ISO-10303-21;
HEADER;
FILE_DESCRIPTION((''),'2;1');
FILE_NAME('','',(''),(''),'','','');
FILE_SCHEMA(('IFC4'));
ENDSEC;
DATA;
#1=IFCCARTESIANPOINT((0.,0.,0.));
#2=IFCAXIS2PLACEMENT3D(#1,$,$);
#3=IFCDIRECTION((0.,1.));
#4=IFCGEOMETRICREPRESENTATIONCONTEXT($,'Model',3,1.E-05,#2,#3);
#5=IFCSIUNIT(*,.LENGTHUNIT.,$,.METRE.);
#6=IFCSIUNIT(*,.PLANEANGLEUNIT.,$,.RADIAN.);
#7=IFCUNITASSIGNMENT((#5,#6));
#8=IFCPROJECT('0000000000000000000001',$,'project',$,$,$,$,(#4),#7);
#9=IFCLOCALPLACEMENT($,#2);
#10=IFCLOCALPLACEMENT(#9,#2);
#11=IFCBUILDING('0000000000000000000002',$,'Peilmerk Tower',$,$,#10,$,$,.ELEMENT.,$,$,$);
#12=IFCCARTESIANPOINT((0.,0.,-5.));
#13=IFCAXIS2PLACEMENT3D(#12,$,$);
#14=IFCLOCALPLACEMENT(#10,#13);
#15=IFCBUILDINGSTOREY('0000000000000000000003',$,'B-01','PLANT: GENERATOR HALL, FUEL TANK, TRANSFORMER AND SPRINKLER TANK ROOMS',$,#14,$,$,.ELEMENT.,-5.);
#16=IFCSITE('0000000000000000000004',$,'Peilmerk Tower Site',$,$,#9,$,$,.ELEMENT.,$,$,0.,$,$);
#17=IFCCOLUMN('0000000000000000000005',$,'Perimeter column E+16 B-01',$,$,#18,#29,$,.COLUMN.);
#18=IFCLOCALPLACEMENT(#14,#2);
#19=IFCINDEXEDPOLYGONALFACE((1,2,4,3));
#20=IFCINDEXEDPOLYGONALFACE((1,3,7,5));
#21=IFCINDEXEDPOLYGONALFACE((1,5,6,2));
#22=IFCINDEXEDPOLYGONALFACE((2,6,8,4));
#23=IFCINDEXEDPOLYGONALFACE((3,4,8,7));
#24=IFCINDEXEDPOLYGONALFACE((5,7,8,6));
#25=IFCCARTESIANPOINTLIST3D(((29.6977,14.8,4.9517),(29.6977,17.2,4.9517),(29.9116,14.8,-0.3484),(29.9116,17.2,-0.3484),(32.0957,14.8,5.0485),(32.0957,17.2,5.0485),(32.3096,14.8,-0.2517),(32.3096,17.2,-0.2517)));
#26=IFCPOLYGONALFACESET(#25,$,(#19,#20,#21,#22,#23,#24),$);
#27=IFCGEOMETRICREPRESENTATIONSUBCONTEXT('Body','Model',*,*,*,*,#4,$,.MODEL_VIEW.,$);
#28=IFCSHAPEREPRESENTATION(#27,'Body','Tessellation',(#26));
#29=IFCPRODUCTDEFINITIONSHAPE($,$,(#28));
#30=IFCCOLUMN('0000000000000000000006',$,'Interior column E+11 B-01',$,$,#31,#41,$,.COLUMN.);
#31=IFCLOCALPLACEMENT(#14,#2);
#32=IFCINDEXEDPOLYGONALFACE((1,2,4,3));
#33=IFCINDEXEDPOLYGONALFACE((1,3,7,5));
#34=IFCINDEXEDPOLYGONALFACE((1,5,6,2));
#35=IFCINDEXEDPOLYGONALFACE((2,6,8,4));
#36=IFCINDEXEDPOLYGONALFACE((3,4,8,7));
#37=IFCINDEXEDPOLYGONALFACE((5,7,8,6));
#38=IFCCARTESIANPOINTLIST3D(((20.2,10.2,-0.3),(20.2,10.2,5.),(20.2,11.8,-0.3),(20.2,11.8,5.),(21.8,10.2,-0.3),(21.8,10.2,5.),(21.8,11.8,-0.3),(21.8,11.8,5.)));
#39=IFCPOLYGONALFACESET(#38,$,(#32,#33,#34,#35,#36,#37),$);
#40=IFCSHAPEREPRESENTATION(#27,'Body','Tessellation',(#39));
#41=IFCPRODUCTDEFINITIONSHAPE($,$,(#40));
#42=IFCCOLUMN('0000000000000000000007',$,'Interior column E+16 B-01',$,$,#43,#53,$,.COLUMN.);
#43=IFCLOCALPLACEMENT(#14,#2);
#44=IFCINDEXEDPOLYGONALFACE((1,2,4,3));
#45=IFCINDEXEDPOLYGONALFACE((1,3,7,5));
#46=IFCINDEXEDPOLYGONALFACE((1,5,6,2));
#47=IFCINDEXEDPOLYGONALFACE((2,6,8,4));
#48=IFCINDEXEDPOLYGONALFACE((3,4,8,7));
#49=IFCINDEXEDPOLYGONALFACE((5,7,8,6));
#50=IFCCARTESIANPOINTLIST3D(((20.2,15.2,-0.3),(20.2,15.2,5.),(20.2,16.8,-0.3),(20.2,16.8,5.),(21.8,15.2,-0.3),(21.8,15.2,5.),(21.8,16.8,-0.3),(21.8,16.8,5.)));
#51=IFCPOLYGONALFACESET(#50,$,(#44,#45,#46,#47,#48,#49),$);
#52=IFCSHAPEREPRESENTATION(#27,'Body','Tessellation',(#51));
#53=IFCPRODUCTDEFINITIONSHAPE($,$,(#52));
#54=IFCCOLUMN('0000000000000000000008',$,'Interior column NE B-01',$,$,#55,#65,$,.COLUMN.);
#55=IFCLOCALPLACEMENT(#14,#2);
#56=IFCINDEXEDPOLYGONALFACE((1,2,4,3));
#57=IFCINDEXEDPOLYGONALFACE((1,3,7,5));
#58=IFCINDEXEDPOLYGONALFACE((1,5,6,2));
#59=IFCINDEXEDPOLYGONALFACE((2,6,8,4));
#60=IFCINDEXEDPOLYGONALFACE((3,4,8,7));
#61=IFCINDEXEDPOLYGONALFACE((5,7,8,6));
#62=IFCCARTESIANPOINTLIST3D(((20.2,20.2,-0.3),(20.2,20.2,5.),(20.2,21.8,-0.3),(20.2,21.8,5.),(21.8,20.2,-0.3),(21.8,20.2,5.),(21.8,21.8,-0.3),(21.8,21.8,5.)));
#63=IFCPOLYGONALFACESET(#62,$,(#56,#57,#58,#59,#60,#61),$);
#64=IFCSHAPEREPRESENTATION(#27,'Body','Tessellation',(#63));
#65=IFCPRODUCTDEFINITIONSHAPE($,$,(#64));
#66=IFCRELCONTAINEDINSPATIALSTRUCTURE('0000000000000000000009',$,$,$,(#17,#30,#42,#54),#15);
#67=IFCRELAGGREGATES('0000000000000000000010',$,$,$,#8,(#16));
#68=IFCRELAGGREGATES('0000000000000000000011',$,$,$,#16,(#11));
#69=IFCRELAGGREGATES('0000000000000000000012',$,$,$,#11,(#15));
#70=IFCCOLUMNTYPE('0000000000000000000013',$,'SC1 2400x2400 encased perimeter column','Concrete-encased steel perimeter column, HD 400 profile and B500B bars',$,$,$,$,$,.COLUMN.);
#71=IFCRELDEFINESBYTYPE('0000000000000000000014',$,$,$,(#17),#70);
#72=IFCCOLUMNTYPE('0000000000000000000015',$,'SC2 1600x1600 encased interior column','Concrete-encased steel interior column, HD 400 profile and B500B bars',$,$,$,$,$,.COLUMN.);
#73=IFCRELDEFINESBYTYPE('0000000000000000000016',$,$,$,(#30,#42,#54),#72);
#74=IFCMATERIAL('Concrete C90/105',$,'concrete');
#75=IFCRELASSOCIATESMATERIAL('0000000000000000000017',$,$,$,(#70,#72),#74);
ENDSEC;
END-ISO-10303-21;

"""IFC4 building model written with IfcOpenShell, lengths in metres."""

from ifc_helpers import new_model, si_unit, direction, frame, origin, origin_2d, place, context, subcontext, project, spatial, rectangle, extrude, material, material_profile, profile_set, type_object, element, save


model = new_model("IFC4")

# Units and contexts
model_context = context("Model", 3, precision=1e-05, world=origin(), true_north=direction((0.0, 1.0)))
body_context = subcontext(model_context, "Body", "Model", "MODEL_VIEW")
ifc_project = project(units=[si_unit("LENGTHUNIT", "METRE"), si_unit("PLANEANGLEUNIT", "RADIAN")], contexts=[model_context])

# Site, building, storey
site_placement = place(None, origin())
site = spatial("IfcSite", under=ifc_project, at=site_placement, Name="Peilmerk Tower Site", CompositionType="ELEMENT", RefElevation=0.0)
building_placement = place(site_placement, origin())
building = spatial("IfcBuilding", under=site, at=building_placement, Name="Peilmerk Tower", CompositionType="ELEMENT")
storey_placement = place(building_placement, frame((0.0, 0.0, -5.0)))
storey = spatial("IfcBuildingStorey", under=building, at=storey_placement, Name="B-01", Description="PLANT: GENERATOR HALL, FUEL TANK, TRANSFORMER AND SPRINKLER TANK ROOMS", CompositionType="ELEMENT", Elevation=-5.0)

# Columns
ifc_material_1 = material(Name="Concrete C90/105", Category="concrete")
ifc_material_profile_1 = material_profile(ifc_material_1, rectangle(XDim=2.3999, YDim=2.3999, at=origin_2d()), Name="RC 2400x2400")
ifc_profile_set_1 = profile_set([ifc_material_profile_1], Name="Concrete C90/105")
column_type_1 = type_object("IfcColumnType", Name="SC1 2400x2400 encased perimeter column", Description="Concrete-encased steel perimeter column, HD 400 profile and B500B bars", PredefinedType="COLUMN", material=ifc_profile_set_1)
column_placement = place(storey_placement, frame((31.1106, 16.0, -0.3), z_axis=(-0.040319, 0.0, 0.999187), x_axis=(0.0, -1.0, 0.0)))
element("IfcColumn", 1, at=column_placement, inside=storey, type_object=column_type_1, Name="Perimeter column E+16 B-01", PredefinedType="COLUMN", context=body_context, shape_type="SweptSolid", body=[
    extrude(rectangle(XDim=2.3999, YDim=2.3999, at=origin_2d()), origin(), (0.0, 0.0, 1.0), 5.3044),
])
ifc_material_profile_2 = material_profile(ifc_material_1, rectangle(XDim=1.6001, YDim=1.6001, at=origin_2d()), Name="RC 1600x1600")
ifc_profile_set_2 = profile_set([ifc_material_profile_2], Name="Concrete C90/105")
column_type_2 = type_object("IfcColumnType", Name="SC2 1600x1600 encased interior column", Description="Concrete-encased steel interior column, HD 400 profile and B500B bars", PredefinedType="COLUMN", material=ifc_profile_set_2)
for number, where, z_axis, x_axis, name in (
    (2, (21.0, 11.0, -0.3), (0.0, 0.0, 1.0), (1.0, 0.0, 0.0), "Interior column E+11 B-01"),
    (3, (21.0, 16.0, -0.3), (0.0, 0.0, 1.0), (1.0, 0.0, 0.0), "Interior column E+16 B-01"),
    (4, (21.0, 21.0, -0.3), (0.0, 0.0, 1.0), (1.0, 0.0, 0.0), "Interior column NE B-01"),
):
    element("IfcColumn", number, at=place(storey_placement, frame(where, z_axis=z_axis, x_axis=x_axis)), inside=storey, type_object=column_type_2, Name=name, PredefinedType="COLUMN", context=body_context, shape_type="SweptSolid", body=[
        extrude(rectangle(XDim=1.6001, YDim=1.6001, at=origin_2d()), origin(), (0.0, 0.0, 1.0), 5.3),
    ])

save(model, "model.ifc")
